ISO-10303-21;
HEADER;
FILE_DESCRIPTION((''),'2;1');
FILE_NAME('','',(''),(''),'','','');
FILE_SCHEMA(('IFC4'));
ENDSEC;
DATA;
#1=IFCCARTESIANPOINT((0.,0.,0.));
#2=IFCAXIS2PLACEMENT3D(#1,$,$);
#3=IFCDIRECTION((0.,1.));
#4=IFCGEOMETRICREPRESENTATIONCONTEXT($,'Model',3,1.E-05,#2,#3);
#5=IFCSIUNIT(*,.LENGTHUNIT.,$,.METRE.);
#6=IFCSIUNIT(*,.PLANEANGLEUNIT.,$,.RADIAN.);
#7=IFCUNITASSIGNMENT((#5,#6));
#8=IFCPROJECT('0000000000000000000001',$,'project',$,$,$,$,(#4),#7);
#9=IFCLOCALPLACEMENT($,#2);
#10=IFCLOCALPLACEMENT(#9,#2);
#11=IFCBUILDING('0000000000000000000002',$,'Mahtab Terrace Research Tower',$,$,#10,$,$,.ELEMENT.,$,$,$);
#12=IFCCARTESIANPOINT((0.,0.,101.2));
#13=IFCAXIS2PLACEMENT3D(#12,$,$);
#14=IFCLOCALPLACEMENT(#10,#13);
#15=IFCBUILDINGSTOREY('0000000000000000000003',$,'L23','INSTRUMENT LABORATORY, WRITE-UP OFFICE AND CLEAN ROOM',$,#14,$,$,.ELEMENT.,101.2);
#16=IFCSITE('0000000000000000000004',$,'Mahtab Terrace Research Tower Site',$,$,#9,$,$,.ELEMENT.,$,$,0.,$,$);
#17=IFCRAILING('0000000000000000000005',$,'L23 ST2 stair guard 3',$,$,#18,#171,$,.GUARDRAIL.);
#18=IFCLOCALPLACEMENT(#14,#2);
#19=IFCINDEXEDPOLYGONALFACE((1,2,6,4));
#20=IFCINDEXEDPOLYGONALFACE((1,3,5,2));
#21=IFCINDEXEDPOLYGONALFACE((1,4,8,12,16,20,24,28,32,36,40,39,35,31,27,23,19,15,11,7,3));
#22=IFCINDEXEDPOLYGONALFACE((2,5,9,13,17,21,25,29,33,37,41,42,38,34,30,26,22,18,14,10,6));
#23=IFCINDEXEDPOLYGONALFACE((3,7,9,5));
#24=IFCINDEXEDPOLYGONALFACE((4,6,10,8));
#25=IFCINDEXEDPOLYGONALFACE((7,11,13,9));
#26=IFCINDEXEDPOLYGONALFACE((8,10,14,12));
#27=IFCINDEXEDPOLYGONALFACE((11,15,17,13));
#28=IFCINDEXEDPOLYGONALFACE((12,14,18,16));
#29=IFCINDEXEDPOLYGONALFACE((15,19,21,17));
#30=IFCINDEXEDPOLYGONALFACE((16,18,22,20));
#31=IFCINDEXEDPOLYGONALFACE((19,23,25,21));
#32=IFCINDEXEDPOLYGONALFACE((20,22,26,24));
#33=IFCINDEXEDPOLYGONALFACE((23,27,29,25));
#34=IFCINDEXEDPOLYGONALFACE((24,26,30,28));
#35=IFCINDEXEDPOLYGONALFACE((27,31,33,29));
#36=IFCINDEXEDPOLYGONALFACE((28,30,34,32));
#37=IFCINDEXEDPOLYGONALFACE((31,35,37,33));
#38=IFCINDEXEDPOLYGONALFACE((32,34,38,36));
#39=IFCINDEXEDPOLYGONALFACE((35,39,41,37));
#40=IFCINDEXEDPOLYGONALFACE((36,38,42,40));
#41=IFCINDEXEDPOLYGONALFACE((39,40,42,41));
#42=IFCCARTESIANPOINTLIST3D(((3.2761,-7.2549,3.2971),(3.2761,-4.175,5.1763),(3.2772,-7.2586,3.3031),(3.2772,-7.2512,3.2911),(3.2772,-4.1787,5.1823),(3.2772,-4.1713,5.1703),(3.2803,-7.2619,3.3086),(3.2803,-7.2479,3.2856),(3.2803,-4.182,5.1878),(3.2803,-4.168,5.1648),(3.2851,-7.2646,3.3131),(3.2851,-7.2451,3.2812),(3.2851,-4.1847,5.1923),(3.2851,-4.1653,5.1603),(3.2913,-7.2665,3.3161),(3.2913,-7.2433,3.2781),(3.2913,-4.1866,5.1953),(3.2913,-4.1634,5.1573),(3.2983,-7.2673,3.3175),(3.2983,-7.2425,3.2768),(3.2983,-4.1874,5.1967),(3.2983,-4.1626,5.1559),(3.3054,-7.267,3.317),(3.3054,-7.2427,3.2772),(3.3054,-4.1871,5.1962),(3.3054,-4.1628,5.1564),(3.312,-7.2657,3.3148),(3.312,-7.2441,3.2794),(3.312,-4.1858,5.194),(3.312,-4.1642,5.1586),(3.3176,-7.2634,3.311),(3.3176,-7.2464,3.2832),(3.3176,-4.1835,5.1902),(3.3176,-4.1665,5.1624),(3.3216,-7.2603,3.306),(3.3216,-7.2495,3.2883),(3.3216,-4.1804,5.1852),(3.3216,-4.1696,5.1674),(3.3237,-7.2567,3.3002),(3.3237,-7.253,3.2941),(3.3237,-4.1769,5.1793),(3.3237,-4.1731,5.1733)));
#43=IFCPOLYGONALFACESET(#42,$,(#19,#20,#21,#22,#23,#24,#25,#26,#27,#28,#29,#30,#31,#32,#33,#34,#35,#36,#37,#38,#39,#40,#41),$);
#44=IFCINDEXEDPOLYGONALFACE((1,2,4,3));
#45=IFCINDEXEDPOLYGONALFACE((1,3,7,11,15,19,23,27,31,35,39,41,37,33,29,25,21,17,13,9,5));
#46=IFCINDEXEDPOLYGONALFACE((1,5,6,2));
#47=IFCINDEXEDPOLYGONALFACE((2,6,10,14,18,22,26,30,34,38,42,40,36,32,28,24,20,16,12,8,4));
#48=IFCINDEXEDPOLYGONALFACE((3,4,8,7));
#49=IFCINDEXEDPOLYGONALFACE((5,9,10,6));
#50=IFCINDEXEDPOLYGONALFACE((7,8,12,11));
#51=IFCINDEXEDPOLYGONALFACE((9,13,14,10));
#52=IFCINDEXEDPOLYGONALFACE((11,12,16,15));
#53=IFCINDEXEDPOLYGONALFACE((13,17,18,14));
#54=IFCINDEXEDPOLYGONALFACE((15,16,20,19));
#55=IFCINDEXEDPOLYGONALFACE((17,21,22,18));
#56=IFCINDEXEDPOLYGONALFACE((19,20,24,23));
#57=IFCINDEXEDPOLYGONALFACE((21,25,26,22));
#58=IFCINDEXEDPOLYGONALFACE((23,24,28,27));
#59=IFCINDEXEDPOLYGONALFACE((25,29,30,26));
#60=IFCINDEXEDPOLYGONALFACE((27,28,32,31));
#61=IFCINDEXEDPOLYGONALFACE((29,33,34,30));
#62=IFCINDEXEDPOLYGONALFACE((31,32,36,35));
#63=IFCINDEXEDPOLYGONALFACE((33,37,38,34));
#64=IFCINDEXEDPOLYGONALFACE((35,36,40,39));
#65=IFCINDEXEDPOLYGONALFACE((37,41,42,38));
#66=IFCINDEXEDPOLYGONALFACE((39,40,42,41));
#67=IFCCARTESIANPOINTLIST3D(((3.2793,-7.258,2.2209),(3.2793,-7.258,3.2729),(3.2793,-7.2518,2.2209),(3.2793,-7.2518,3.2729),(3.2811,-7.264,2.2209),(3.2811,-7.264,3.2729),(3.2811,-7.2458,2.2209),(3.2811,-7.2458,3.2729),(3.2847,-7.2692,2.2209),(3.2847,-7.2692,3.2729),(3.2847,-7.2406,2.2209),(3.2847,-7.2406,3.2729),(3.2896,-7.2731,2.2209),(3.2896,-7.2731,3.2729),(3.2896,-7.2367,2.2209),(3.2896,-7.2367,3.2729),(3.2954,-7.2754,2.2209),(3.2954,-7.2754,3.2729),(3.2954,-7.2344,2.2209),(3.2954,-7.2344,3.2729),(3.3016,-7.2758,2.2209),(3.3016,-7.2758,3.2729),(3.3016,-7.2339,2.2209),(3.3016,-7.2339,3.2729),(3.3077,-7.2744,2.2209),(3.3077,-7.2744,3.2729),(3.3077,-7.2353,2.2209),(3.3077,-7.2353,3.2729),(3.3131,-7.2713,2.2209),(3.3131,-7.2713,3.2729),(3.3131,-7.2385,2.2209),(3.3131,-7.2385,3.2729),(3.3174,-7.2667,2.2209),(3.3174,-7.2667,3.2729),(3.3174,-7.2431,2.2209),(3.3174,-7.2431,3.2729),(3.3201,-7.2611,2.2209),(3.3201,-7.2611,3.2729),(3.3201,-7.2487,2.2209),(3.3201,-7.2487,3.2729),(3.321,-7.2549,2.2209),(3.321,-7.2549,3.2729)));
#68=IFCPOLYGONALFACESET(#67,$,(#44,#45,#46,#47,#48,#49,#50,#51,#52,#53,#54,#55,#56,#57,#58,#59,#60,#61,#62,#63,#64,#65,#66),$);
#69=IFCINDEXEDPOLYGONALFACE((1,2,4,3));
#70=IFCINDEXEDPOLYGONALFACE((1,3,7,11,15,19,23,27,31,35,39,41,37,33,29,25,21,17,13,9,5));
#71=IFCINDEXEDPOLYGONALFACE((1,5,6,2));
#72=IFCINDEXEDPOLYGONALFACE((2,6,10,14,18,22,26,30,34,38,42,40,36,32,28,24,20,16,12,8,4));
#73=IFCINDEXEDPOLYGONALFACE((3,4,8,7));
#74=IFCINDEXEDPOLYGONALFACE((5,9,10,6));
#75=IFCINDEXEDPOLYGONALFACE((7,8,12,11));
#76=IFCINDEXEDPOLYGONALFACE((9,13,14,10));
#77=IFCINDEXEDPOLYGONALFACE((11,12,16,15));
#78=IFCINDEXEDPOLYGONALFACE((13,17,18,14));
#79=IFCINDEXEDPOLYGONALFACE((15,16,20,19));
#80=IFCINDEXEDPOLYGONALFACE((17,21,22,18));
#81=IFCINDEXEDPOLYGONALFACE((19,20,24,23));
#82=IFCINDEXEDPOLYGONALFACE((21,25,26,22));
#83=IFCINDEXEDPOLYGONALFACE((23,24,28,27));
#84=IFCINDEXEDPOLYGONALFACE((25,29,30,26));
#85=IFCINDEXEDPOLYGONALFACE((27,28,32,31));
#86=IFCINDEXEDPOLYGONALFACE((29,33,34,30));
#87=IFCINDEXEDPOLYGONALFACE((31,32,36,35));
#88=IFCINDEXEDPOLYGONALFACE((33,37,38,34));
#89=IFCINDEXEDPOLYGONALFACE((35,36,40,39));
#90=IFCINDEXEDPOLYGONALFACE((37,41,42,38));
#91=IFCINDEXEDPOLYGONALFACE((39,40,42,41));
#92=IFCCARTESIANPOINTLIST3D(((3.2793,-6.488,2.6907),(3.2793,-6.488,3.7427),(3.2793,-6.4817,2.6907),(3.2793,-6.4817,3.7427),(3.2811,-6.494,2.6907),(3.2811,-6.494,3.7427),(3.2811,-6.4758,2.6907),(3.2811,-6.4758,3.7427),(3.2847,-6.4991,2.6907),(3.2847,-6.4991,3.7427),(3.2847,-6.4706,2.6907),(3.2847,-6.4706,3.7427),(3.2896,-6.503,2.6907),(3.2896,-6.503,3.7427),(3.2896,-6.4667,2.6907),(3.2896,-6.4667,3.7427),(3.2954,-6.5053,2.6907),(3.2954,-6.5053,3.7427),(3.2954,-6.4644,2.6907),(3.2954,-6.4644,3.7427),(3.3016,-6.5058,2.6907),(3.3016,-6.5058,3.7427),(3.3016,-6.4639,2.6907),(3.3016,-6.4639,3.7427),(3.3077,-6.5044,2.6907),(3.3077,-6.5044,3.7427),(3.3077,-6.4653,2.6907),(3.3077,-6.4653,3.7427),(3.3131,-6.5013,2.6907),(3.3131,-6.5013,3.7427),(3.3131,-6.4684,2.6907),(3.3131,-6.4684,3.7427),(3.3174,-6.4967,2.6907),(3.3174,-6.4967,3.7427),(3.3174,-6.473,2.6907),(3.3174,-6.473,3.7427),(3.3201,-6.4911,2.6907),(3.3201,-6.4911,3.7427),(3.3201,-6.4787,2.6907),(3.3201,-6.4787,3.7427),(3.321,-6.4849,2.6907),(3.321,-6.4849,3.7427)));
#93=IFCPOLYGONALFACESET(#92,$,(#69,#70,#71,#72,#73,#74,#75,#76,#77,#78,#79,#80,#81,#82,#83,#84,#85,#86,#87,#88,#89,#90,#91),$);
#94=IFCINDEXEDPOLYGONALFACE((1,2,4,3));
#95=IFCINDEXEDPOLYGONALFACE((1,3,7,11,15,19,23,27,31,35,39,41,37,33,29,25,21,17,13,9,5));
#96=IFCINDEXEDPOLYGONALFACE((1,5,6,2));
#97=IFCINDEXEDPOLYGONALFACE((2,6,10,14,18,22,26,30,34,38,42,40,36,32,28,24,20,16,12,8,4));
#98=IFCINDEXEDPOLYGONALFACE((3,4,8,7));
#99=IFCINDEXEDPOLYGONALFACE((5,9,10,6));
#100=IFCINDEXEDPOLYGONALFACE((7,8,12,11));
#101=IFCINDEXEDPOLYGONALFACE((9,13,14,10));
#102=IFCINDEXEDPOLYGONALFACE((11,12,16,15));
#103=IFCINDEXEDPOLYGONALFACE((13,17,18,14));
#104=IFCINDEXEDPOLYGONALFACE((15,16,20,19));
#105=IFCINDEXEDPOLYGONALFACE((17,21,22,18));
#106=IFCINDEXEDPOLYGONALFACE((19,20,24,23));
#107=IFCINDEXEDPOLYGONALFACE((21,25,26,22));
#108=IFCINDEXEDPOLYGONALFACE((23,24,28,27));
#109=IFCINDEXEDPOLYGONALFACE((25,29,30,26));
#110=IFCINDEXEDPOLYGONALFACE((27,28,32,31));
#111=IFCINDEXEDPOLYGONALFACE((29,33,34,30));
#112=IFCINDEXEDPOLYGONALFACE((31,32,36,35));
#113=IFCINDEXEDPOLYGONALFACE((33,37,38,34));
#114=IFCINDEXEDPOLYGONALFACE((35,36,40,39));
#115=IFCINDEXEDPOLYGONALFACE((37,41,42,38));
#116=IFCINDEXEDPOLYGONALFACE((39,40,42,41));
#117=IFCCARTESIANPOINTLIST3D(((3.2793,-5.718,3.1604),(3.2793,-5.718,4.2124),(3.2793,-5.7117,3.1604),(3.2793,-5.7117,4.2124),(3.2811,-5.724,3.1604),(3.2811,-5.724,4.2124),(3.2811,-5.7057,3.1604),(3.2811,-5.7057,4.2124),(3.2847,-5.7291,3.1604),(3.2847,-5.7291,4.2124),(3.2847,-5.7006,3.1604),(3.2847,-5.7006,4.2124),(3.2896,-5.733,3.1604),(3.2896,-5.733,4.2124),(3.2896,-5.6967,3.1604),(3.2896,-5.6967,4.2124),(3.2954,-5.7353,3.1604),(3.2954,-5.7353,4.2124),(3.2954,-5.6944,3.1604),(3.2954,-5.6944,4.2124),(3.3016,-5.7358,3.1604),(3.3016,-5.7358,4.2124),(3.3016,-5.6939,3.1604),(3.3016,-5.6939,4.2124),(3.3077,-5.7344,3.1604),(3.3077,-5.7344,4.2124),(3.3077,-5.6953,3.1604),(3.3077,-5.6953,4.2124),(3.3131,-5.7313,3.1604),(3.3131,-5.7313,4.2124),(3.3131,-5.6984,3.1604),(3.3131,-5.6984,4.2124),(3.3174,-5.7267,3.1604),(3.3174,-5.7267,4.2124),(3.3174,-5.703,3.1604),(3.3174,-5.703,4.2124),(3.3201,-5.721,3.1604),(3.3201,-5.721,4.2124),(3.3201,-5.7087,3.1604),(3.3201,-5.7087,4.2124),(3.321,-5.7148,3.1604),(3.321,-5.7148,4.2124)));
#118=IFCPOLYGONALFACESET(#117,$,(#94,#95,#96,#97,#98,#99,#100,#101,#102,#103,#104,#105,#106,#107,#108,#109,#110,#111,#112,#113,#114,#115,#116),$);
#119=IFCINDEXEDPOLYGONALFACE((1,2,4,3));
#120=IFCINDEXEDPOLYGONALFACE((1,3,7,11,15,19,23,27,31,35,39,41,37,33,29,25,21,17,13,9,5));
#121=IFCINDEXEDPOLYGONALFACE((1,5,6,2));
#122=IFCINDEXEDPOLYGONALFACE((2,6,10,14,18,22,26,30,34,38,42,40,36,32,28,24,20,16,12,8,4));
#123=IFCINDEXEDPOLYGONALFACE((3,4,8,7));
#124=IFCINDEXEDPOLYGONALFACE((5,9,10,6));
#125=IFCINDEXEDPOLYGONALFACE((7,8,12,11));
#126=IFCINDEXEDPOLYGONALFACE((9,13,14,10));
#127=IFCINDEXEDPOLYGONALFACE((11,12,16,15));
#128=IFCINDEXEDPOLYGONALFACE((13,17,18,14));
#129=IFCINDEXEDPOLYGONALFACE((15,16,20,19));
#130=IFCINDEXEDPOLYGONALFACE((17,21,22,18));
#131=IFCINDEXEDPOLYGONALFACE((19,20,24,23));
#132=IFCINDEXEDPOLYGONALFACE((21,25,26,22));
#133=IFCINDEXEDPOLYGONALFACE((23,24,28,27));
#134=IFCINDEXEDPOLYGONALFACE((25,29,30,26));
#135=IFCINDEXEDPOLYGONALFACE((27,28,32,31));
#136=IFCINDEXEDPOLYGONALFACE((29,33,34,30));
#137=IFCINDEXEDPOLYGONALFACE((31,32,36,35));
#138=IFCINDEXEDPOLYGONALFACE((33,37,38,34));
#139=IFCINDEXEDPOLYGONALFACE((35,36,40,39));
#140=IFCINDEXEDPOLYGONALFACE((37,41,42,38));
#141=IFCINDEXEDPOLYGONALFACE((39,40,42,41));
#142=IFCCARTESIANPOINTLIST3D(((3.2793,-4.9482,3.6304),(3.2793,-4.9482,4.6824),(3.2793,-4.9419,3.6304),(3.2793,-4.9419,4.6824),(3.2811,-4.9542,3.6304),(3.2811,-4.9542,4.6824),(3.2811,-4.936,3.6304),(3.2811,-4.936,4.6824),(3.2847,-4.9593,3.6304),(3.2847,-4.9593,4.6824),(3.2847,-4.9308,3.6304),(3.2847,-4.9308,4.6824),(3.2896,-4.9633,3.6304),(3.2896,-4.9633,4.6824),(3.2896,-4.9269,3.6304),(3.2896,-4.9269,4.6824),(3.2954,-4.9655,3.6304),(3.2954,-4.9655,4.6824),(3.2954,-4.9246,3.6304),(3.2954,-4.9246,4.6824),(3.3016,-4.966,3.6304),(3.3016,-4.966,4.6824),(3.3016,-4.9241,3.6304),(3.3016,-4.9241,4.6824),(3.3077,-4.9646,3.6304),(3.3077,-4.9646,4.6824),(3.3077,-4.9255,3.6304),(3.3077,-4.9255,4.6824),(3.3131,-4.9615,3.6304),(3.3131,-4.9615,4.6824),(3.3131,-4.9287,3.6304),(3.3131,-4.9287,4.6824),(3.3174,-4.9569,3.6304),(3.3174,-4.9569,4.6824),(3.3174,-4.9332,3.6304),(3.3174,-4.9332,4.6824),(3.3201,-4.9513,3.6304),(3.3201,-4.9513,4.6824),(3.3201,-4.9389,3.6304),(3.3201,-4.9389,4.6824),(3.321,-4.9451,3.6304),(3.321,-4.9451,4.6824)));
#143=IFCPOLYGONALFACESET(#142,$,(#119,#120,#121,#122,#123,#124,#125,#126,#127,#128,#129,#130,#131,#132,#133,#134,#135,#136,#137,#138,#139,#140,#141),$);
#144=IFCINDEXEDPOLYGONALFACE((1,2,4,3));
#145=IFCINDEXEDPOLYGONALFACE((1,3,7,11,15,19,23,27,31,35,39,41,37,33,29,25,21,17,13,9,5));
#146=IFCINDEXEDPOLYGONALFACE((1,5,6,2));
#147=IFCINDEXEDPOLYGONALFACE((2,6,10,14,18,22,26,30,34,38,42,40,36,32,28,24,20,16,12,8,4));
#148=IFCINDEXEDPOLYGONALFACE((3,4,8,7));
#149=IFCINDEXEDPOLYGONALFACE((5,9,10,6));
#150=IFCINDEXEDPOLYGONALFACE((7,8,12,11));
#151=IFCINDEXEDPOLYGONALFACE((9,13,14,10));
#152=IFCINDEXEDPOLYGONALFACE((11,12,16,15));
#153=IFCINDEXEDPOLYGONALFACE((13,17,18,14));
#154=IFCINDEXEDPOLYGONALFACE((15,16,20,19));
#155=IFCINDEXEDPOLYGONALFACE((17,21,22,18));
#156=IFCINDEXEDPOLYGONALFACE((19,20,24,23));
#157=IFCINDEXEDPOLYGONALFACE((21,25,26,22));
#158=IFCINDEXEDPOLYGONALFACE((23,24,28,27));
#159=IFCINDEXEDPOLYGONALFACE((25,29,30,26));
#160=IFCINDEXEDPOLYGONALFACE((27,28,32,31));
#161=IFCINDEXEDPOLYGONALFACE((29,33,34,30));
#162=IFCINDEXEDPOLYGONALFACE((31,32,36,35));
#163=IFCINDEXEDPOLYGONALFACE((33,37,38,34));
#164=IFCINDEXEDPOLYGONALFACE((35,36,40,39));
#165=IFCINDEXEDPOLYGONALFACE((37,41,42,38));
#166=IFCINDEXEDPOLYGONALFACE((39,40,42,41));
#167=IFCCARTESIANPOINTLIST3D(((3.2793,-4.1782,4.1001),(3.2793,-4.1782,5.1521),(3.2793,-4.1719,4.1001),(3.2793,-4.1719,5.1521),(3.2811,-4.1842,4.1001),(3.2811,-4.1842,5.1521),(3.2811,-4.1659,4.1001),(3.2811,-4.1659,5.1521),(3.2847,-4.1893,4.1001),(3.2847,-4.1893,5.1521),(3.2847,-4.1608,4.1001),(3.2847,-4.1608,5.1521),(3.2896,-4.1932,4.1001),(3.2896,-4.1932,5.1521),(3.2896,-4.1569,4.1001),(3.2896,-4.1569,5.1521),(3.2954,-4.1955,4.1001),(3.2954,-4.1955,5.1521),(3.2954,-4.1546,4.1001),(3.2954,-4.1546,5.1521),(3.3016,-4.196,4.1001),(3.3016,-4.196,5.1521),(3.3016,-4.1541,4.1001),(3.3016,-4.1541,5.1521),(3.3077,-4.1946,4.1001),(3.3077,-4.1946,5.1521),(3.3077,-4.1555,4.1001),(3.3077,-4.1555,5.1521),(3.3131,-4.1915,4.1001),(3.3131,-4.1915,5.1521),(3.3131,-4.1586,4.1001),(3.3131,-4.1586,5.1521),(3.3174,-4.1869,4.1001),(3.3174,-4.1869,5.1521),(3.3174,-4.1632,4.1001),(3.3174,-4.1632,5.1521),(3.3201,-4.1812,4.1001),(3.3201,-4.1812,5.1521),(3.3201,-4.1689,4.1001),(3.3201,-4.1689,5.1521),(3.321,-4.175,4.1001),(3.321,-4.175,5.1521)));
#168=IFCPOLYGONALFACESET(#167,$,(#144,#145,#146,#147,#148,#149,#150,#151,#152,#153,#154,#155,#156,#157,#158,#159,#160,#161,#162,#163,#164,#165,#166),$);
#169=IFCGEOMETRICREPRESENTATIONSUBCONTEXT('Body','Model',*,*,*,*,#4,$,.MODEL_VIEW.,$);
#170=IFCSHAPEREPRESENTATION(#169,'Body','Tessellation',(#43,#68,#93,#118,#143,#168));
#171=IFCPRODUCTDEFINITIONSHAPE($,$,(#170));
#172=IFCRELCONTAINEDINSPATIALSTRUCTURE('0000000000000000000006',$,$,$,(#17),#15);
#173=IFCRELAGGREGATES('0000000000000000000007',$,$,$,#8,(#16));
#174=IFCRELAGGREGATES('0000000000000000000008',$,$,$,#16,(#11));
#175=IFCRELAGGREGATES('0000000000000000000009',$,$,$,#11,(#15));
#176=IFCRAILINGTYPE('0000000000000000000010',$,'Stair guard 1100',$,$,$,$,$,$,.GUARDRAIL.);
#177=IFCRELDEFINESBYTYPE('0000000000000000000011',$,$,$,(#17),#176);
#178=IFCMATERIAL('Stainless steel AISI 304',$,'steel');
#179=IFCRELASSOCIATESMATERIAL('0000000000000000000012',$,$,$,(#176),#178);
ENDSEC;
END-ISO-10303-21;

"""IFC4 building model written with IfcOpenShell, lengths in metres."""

from ifc_helpers import new_model, si_unit, direction, frame, origin, origin_2d, place, context, subcontext, project, spatial, circle, extrude, material, type_object, element, save


model = new_model("IFC4")

# Units and contexts
model_context = context("Model", 3, precision=1e-05, world=origin(), true_north=direction((0.0, 1.0)))
body_context = subcontext(model_context, "Body", "Model", "MODEL_VIEW")
ifc_project = project(units=[si_unit("LENGTHUNIT", "METRE"), si_unit("PLANEANGLEUNIT", "RADIAN")], contexts=[model_context])

# Site, building, storey
site_placement = place(None, origin())
site = spatial("IfcSite", under=ifc_project, at=site_placement, Name="Mahtab Terrace Research Tower Site", CompositionType="ELEMENT", RefElevation=0.0)
building_placement = place(site_placement, origin())
building = spatial("IfcBuilding", under=site, at=building_placement, Name="Mahtab Terrace Research Tower", CompositionType="ELEMENT")
storey_placement = place(building_placement, frame((0.0, 0.0, 101.2)))
storey = spatial("IfcBuildingStorey", under=building, at=storey_placement, Name="L23", Description="INSTRUMENT LABORATORY, WRITE-UP OFFICE AND CLEAN ROOM", CompositionType="ELEMENT", Elevation=101.2)

# Railing
ifc_material_1 = material(Name="Stainless steel AISI 304", Category="steel")
railing_type_1 = type_object("IfcRailingType", Name="Stair guard 1100", PredefinedType="GUARDRAIL", material=ifc_material_1)
railing_1_placement = place(storey_placement, frame((3.3, -7.2549, 2.2209)))
element("IfcRailing", 1, at=railing_1_placement, inside=storey, type_object=railing_type_1, Name="L23 ST2 stair guard 3", PredefinedType="GUARDRAIL", context=body_context, shape_type="SweptSolid", body=[
    extrude(circle(Radius=0.0239, at=origin_2d()), frame((0.0, 0.0, 1.0762), z_axis=(0.0, 0.853648, 0.52085), x_axis=(-1.0, 0.0, 0.0)), (0.0, 0.0, 1.0), 3.6079),
    extrude(circle(Radius=0.021, at=origin_2d()), origin(), (0.0, 0.0, 1.0), 1.052),
    extrude(circle(Radius=0.021, at=origin_2d()), frame((0.0, 0.77, 0.4697)), (0.0, 0.0, 1.0), 1.052),
    extrude(circle(Radius=0.021, at=origin_2d()), frame((0.0, 1.54, 0.9395)), (0.0, 0.0, 1.0), 1.052),
    extrude(circle(Radius=0.021, at=origin_2d()), frame((0.0, 2.3098, 1.4094)), (0.0, 0.0, 1.0), 1.052),
    extrude(circle(Radius=0.021, at=origin_2d()), frame((0.0, 3.0798, 1.8792)), (0.0, 0.0, 1.0), 1.052),
])

save(model, "model.ifc")
